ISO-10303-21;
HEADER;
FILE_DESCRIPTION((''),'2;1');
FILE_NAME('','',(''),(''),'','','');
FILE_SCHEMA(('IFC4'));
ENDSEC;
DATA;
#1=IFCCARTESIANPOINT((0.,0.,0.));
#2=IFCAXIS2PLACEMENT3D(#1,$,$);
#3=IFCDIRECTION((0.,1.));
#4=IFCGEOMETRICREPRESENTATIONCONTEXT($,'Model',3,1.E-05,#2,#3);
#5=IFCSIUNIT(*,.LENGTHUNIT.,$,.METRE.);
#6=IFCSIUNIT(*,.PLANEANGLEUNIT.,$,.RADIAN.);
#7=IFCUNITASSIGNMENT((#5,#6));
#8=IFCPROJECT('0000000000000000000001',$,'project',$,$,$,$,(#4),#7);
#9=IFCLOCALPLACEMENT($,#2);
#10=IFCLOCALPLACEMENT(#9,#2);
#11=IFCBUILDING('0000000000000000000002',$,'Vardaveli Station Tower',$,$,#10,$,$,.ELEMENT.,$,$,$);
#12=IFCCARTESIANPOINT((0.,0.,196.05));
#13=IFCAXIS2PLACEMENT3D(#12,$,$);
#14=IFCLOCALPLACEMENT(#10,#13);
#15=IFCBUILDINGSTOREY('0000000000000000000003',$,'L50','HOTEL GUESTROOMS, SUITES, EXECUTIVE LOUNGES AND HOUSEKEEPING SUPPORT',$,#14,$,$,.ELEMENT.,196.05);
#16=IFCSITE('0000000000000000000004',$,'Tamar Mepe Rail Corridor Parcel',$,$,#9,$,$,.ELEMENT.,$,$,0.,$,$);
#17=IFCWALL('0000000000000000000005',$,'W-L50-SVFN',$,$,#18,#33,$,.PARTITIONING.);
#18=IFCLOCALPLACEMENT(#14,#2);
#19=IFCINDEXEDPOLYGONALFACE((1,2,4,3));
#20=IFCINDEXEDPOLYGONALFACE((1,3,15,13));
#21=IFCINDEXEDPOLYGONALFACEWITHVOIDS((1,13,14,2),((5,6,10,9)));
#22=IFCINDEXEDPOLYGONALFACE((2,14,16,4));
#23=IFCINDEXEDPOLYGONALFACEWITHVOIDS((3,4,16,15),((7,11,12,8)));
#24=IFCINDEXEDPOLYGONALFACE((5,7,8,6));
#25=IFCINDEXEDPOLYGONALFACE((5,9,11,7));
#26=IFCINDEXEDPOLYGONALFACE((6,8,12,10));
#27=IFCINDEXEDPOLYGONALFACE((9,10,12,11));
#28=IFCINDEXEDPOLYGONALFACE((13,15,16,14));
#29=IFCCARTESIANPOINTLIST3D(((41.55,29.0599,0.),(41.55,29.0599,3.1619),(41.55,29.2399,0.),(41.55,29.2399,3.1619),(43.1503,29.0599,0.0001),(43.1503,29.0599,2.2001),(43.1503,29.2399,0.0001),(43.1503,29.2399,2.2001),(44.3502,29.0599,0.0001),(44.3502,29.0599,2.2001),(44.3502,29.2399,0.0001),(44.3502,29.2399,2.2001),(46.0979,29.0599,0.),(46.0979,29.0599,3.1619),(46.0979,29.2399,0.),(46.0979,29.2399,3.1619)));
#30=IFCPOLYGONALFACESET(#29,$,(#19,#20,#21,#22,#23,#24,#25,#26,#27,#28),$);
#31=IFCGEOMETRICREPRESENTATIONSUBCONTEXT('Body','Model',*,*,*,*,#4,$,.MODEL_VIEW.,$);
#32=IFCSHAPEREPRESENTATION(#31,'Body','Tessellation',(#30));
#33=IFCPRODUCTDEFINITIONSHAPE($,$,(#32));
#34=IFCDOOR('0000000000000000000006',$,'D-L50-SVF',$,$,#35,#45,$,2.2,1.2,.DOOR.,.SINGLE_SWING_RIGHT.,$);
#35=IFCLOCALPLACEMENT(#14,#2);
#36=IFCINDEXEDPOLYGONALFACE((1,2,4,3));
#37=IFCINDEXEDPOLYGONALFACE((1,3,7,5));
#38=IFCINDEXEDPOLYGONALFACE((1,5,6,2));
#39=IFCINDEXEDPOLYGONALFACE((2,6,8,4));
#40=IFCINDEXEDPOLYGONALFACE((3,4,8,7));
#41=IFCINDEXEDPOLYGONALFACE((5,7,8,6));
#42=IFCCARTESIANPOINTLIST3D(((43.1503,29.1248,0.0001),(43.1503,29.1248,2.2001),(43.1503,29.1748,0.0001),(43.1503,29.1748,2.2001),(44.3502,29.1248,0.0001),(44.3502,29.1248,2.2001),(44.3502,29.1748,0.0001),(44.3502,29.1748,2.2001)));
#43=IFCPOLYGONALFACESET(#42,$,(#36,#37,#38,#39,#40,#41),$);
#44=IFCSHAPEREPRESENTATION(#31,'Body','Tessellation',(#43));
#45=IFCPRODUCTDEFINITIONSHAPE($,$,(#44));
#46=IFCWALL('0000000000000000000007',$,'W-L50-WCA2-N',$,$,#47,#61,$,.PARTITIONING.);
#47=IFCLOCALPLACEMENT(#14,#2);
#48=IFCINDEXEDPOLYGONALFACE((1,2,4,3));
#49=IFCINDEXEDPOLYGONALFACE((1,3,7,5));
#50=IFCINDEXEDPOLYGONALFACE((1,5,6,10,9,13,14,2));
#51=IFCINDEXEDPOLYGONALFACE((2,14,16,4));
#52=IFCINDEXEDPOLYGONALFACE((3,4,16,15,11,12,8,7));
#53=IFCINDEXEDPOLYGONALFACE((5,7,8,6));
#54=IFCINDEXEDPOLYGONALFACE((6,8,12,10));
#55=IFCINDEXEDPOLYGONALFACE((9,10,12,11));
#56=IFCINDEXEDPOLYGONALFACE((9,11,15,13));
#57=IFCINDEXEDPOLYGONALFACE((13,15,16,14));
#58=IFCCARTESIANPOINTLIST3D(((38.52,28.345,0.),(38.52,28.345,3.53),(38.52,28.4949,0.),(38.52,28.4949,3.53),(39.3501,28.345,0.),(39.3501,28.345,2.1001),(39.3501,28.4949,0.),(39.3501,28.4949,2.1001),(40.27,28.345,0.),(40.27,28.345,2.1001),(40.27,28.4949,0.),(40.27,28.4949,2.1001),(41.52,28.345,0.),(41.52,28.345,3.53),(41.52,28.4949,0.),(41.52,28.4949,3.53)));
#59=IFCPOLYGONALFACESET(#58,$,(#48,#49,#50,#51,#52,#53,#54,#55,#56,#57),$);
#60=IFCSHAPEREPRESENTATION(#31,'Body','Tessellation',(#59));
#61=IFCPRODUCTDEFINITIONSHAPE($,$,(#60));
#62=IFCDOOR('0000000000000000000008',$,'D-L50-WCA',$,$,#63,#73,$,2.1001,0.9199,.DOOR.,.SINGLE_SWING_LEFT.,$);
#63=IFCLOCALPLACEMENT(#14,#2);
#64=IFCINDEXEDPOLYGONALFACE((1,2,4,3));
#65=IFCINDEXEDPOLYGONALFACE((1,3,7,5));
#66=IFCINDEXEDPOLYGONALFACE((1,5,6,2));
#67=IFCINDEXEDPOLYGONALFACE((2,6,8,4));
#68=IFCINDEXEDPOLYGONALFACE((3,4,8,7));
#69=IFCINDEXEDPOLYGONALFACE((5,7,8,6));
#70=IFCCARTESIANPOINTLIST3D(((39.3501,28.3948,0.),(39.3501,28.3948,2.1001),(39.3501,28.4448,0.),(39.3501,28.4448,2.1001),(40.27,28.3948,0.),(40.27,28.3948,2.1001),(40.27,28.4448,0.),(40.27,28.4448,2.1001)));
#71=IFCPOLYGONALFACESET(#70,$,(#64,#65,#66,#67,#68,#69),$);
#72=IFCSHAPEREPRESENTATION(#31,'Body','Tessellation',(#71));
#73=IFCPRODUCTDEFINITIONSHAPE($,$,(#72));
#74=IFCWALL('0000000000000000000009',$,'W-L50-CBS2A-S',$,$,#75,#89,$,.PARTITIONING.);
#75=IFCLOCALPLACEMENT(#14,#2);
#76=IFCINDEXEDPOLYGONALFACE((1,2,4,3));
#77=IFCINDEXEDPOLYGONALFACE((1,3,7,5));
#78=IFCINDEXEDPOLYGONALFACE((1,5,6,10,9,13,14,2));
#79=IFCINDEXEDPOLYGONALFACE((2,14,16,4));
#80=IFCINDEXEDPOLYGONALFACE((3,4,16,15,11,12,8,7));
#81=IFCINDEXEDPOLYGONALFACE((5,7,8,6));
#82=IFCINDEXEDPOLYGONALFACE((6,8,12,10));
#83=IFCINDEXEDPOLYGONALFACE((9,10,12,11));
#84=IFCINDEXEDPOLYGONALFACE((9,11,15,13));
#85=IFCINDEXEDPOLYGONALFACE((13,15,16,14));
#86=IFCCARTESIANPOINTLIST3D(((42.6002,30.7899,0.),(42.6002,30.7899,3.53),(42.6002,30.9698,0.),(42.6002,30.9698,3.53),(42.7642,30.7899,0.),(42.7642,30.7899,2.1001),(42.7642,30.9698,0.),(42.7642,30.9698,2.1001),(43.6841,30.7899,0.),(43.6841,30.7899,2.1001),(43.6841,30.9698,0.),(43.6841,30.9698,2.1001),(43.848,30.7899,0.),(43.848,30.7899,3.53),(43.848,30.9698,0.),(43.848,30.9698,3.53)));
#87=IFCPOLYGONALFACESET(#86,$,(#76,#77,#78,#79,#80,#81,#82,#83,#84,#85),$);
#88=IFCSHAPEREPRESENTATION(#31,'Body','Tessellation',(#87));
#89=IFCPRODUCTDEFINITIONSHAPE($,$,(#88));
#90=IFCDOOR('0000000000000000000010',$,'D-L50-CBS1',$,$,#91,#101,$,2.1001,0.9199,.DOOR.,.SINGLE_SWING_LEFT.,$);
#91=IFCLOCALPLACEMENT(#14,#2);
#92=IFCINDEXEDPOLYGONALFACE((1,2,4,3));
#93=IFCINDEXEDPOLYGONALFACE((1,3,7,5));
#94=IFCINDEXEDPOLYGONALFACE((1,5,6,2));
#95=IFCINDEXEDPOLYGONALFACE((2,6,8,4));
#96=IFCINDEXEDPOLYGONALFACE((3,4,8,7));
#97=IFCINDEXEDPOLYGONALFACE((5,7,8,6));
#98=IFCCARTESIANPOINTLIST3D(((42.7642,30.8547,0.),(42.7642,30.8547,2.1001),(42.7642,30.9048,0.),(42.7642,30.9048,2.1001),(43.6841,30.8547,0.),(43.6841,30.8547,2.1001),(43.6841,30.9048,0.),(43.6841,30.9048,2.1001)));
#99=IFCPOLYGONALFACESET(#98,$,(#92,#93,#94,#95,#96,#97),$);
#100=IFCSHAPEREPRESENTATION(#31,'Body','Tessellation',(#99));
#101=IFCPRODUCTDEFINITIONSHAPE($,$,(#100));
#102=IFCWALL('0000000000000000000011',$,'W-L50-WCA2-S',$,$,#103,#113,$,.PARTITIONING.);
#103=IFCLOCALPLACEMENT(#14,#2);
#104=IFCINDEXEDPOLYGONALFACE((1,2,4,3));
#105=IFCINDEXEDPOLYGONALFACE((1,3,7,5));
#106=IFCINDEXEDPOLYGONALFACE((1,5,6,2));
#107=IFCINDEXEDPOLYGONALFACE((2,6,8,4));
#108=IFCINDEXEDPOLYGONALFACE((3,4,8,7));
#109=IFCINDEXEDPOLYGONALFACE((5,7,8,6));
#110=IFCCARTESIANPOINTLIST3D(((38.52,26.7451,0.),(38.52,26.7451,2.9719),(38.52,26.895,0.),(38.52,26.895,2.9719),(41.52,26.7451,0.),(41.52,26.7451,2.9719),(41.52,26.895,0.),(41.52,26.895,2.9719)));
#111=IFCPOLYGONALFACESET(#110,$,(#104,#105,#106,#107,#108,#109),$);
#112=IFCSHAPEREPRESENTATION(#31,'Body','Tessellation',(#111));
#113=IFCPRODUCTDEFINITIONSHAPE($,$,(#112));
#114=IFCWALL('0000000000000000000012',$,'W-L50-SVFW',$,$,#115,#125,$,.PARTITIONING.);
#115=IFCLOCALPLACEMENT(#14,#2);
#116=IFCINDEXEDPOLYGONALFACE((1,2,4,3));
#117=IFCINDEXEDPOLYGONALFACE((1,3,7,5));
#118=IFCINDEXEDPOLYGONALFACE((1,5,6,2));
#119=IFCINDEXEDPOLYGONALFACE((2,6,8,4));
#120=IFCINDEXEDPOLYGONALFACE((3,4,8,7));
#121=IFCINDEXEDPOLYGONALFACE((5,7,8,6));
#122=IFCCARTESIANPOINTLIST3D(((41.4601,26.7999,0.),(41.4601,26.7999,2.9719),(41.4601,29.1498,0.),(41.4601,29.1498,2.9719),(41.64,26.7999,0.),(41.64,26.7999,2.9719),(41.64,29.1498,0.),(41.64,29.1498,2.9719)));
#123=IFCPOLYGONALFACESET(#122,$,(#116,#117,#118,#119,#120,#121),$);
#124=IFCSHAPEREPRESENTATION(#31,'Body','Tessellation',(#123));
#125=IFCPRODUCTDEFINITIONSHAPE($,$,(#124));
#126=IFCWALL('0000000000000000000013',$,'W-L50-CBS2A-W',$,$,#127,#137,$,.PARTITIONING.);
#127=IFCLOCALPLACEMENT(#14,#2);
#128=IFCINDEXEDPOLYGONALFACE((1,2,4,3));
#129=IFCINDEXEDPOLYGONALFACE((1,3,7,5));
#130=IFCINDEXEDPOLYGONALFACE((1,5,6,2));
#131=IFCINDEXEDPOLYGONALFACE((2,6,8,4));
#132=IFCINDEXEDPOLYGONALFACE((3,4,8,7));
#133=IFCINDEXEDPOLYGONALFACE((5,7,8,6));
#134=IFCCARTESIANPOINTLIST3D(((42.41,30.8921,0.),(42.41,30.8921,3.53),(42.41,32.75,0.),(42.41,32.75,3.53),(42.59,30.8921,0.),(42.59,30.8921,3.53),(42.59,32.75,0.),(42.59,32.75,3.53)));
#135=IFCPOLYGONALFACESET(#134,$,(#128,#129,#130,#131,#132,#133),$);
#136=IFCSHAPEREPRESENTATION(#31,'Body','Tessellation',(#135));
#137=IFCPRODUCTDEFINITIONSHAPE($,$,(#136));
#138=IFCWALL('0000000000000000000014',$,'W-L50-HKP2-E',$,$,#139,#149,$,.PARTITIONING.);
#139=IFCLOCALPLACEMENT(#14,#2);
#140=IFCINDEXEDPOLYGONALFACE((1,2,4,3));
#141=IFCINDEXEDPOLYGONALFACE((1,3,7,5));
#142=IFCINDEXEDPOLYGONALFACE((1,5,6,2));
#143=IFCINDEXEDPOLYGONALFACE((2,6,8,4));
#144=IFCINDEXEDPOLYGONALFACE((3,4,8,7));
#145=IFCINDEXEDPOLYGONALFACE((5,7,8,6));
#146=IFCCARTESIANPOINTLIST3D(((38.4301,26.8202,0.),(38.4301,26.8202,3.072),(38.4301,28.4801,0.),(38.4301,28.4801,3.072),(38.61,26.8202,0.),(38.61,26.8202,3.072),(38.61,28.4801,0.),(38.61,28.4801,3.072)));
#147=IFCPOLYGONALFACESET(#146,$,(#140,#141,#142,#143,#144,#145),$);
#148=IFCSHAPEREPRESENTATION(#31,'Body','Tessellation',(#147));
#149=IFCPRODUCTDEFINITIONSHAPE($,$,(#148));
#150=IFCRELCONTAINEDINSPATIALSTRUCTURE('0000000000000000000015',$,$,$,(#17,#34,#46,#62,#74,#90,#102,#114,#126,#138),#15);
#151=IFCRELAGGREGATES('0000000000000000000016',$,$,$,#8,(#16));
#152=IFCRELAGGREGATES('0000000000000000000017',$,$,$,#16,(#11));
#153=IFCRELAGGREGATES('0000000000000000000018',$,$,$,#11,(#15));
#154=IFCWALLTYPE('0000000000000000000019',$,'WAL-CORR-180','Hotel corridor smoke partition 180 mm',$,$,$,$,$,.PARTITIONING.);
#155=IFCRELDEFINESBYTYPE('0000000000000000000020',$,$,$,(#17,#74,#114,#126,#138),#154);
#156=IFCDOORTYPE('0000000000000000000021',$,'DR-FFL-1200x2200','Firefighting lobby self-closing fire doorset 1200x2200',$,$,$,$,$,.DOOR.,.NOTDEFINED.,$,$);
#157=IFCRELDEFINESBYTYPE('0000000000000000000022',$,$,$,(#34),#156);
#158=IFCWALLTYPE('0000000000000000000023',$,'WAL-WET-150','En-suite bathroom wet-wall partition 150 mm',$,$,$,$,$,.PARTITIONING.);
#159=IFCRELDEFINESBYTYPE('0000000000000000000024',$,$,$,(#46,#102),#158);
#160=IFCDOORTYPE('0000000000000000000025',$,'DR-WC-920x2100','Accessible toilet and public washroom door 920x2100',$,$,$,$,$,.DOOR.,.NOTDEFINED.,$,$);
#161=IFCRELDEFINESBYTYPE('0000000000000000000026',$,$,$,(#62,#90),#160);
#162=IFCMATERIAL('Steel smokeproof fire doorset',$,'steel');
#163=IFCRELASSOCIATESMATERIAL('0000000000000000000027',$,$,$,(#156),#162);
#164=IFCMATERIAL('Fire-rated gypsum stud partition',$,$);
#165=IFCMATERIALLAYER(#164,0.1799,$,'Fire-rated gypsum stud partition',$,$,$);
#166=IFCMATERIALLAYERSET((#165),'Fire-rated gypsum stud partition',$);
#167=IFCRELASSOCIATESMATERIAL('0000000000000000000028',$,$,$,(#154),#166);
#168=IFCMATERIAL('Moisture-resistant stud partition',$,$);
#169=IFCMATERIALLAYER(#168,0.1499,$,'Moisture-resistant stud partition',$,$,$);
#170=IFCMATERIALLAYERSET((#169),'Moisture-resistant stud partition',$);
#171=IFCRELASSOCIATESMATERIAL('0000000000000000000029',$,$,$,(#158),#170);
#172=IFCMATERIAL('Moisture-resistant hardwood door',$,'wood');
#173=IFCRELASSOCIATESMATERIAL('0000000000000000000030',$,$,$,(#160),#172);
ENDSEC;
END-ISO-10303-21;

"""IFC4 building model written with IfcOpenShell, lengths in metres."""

from ifc_helpers import new_model, si_unit, direction, frame, frame_2d, origin, place, context, subcontext, project, spatial, rectangle, extrude, source, transform, mapped, material, layer, layer_set, type_object, element, fill, save


model = new_model("IFC4")

# Units and contexts
model_context = context("Model", 3, precision=1e-05, world=origin(), true_north=direction((0.0, 1.0)))
body_context = subcontext(model_context, "Body", "Model", "MODEL_VIEW")
ifc_project = project(units=[si_unit("LENGTHUNIT", "METRE"), si_unit("PLANEANGLEUNIT", "RADIAN")], contexts=[model_context])

# Site, building, storey
site_placement = place(None, origin())
site = spatial("IfcSite", under=ifc_project, at=site_placement, Name="Tamar Mepe Rail Corridor Parcel", CompositionType="ELEMENT", RefElevation=0.0)
building_placement = place(site_placement, origin())
building = spatial("IfcBuilding", under=site, at=building_placement, Name="Vardaveli Station Tower", CompositionType="ELEMENT")
storey_placement = place(building_placement, frame((0.0, 0.0, 196.05)))
storey = spatial("IfcBuildingStorey", under=building, at=storey_placement, Name="L50", Description="HOTEL GUESTROOMS, SUITES, EXECUTIVE LOUNGES AND HOUSEKEEPING SUPPORT", CompositionType="ELEMENT", Elevation=196.05)

# Walls, openings, doors
ifc_material_1 = material(Name="Steel smokeproof fire doorset", Category="steel")
door_type_1 = type_object("IfcDoorType", Name="DR-FFL-1200x2200", Description="Firefighting lobby self-closing fire doorset 1200x2200", OperationType="NOTDEFINED", PredefinedType="DOOR", material=ifc_material_1)
shared_shape_1 = source(origin(), body_context, "Body", "SweptSolid", [
    extrude(rectangle(XDim=1.2, YDim=2.2, at=frame_2d((0.6001, 1.1001))), frame((0.0, 0.0249, 0.0), z_axis=(0.0, -1.0, 0.0), x_axis=(1.0, 0.0, 0.0)), (0.0, 0.0, 1.0), 0.05),
])
ifc_material_2 = material(Name="Fire-rated gypsum stud partition")
ifc_layer_1 = layer(ifc_material_2, 0.1799, Name="Fire-rated gypsum stud partition")
ifc_layer_set_1 = layer_set([ifc_layer_1], Name="Fire-rated gypsum stud partition")
wall_type_1 = type_object("IfcWallType", Name="WAL-CORR-180", Description="Hotel corridor smoke partition 180 mm", PredefinedType="PARTITIONING", material=ifc_layer_set_1)
shared_shape_2 = source(origin(), body_context, "Body", "SweptSolid", [
    extrude(rectangle(XDim=4.5479, YDim=0.1799, at=frame_2d((2.2739, 0.0))), origin(), (0.0, 0.0, 1.0), 3.1619),
])
wall_1_placement = place(storey_placement, frame((41.55, 29.1499, 0.0), z_axis=(0.0, 0.0, 1.0), x_axis=(1.0, 0.0, 0.0)))
wall_1 = element("IfcWall", 1, at=wall_1_placement, inside=storey, type_object=wall_type_1, Name="W-L50-SVFN", PredefinedType="PARTITIONING", context=body_context, shape_type="MappedRepresentation", body=[
    mapped(shared_shape_2, transform((0.0, 0.0, 0.0), scale=1.0)),
])
shared_shape_3 = source(origin(), body_context, "Body", "SweptSolid", [
    extrude(rectangle(XDim=1.2, YDim=2.2, at=frame_2d((0.6001, 1.1001))), frame((0.0, 0.1001, 0.0), z_axis=(0.0, -1.0, 0.0), x_axis=(1.0, 0.0, 0.0)), (0.0, 0.0, 1.0), 0.2),
])
opening_1_placement = place(wall_1_placement, frame((1.6001, 0.0, 0.0)))
opening_1 = element("IfcOpeningElement", 2, at=opening_1_placement, cuts=wall_1, PredefinedType="OPENING", context=body_context, shape_type="MappedRepresentation", body=[
    mapped(shared_shape_3, transform((0.0, 0.0, 0.0), scale=1.0)),
])
door_1_placement = place(opening_1_placement, origin())
door_1 = element("IfcDoor", 3, at=door_1_placement, inside=storey, type_object=door_type_1, Name="D-L50-SVF", OperationType="SINGLE_SWING_RIGHT", OverallHeight=2.2, OverallWidth=1.2, PredefinedType="DOOR", context=body_context, shape_type="MappedRepresentation", body=[
    mapped(shared_shape_1, transform((0.0, 0.0, 0.0), scale=1.0)),
])
fill(opening_1, door_1)
ifc_material_3 = material(Name="Moisture-resistant stud partition")
ifc_layer_2 = layer(ifc_material_3, 0.1499, Name="Moisture-resistant stud partition")
ifc_layer_set_2 = layer_set([ifc_layer_2], Name="Moisture-resistant stud partition")
wall_type_2 = type_object("IfcWallType", Name="WAL-WET-150", Description="En-suite bathroom wet-wall partition 150 mm", PredefinedType="PARTITIONING", material=ifc_layer_set_2)
shared_shape_4 = source(origin(), body_context, "Body", "SweptSolid", [
    extrude(rectangle(XDim=3.0, YDim=0.1499, at=frame_2d((1.5, 0.0))), origin(), (0.0, 0.0, 1.0), 3.53),
])
wall_2_placement = place(storey_placement, frame((38.52, 28.4199, 0.0), z_axis=(0.0, 0.0, 1.0), x_axis=(1.0, 0.0, 0.0)))
wall_2 = element("IfcWall", 4, at=wall_2_placement, inside=storey, type_object=wall_type_2, Name="W-L50-WCA2-N", PredefinedType="PARTITIONING", context=body_context, shape_type="MappedRepresentation", body=[
    mapped(shared_shape_4, transform((0.0, 0.0, 0.0), scale=1.0)),
])
shared_shape_5 = source(origin(), body_context, "Body", "SweptSolid", [
    extrude(rectangle(XDim=0.9199, YDim=2.1001, at=frame_2d((0.46, 1.05))), frame((0.0, 0.085, 0.0), z_axis=(0.0, -1.0, 0.0), x_axis=(1.0, 0.0, 0.0)), (0.0, 0.0, 1.0), 0.1699),
])
opening_2_placement = place(wall_2_placement, frame((0.8301, 0.0, 0.0)))
opening_2 = element("IfcOpeningElement", 5, at=opening_2_placement, cuts=wall_2, PredefinedType="OPENING", context=body_context, shape_type="MappedRepresentation", body=[
    mapped(shared_shape_5, transform((0.0, 0.0, 0.0), scale=1.0)),
])
ifc_material_4 = material(Name="Moisture-resistant hardwood door", Category="wood")
door_type_2 = type_object("IfcDoorType", Name="DR-WC-920x2100", Description="Accessible toilet and public washroom door 920x2100", OperationType="NOTDEFINED", PredefinedType="DOOR", material=ifc_material_4)
shared_shape_6 = source(origin(), body_context, "Body", "SweptSolid", [
    extrude(rectangle(XDim=0.9199, YDim=2.1001, at=frame_2d((0.46, 1.05))), frame((0.0, 0.0249, 0.0), z_axis=(0.0, -1.0, 0.0), x_axis=(1.0, 0.0, 0.0)), (0.0, 0.0, 1.0), 0.05),
])
door_2_placement = place(opening_2_placement, origin())
door_2 = element("IfcDoor", 6, at=door_2_placement, inside=storey, type_object=door_type_2, Name="D-L50-WCA", OperationType="SINGLE_SWING_LEFT", OverallHeight=2.1001, OverallWidth=0.9199, PredefinedType="DOOR", context=body_context, shape_type="MappedRepresentation", body=[
    mapped(shared_shape_6, transform((0.0, 0.0, 0.0), scale=1.0)),
])
fill(opening_2, door_2)
shared_shape_7 = source(origin(), body_context, "Body", "SweptSolid", [
    extrude(rectangle(XDim=1.2478, YDim=0.1799, at=frame_2d((0.624, 0.0))), origin(), (0.0, 0.0, 1.0), 3.53),
])
wall_3_placement = place(storey_placement, frame((42.6001, 30.8799, 0.0), z_axis=(0.0, 0.0, 1.0), x_axis=(1.0, 0.0, 0.0)))
wall_3 = element("IfcWall", 7, at=wall_3_placement, inside=storey, type_object=wall_type_1, Name="W-L50-CBS2A-S", PredefinedType="PARTITIONING", context=body_context, shape_type="MappedRepresentation", body=[
    mapped(shared_shape_7, transform((0.0, 0.0, 0.0), scale=1.0)),
])
shared_shape_8 = source(origin(), body_context, "Body", "SweptSolid", [
    extrude(rectangle(XDim=0.9199, YDim=2.1001, at=frame_2d((0.46, 1.05))), frame((0.0, 0.1001, 0.0), z_axis=(0.0, -1.0, 0.0), x_axis=(1.0, 0.0, 0.0)), (0.0, 0.0, 1.0), 0.2),
])
opening_3_placement = place(wall_3_placement, frame((0.1641, 0.0, 0.0)))
opening_3 = element("IfcOpeningElement", 8, at=opening_3_placement, cuts=wall_3, PredefinedType="OPENING", context=body_context, shape_type="MappedRepresentation", body=[
    mapped(shared_shape_8, transform((0.0, 0.0, 0.0), scale=1.0)),
])
door_3_placement = place(opening_3_placement, origin())
door_3 = element("IfcDoor", 9, at=door_3_placement, inside=storey, type_object=door_type_2, Name="D-L50-CBS1", OperationType="SINGLE_SWING_LEFT", OverallHeight=2.1001, OverallWidth=0.9199, PredefinedType="DOOR", context=body_context, shape_type="MappedRepresentation", body=[
    mapped(shared_shape_6, transform((0.0, 0.0, 0.0), scale=1.0)),
])
fill(opening_3, door_3)

# Walls
shared_shape_9 = source(origin(), body_context, "Body", "SweptSolid", [
    extrude(rectangle(XDim=3.0, YDim=0.1499, at=frame_2d((1.5, 0.0))), origin(), (0.0, 0.0, 1.0), 2.9719),
])
wall_4_placement = place(storey_placement, frame((38.52, 26.8201, 0.0), z_axis=(0.0, 0.0, 1.0), x_axis=(1.0, 0.0, 0.0)))
element("IfcWall", 10, at=wall_4_placement, inside=storey, type_object=wall_type_2, Name="W-L50-WCA2-S", PredefinedType="PARTITIONING", context=body_context, shape_type="MappedRepresentation", body=[
    mapped(shared_shape_9, transform((0.0, 0.0, 0.0), scale=1.0)),
])
shared_shape_10 = source(origin(), body_context, "Body", "SweptSolid", [
    extrude(rectangle(XDim=2.3499, YDim=0.1799, at=frame_2d((1.1748, 0.0))), origin(), (0.0, 0.0, 1.0), 2.9719),
])
wall_5_placement = place(storey_placement, frame((41.55, 26.8, 0.0), z_axis=(0.0, 0.0, 1.0), x_axis=(0.0, 1.0, 0.0)))
element("IfcWall", 11, at=wall_5_placement, inside=storey, type_object=wall_type_1, Name="W-L50-SVFW", PredefinedType="PARTITIONING", context=body_context, shape_type="MappedRepresentation", body=[
    mapped(shared_shape_10, transform((0.0, 0.0, 0.0), scale=1.0)),
])
shared_shape_11 = source(origin(), body_context, "Body", "SweptSolid", [
    extrude(rectangle(XDim=1.8579, YDim=0.1799, at=frame_2d((0.929, 0.0))), origin(), (0.0, 0.0, 1.0), 3.53),
])
wall_6_placement = place(storey_placement, frame((42.5, 30.8921, 0.0), z_axis=(0.0, 0.0, 1.0), x_axis=(0.0, 1.0, 0.0)))
element("IfcWall", 12, at=wall_6_placement, inside=storey, type_object=wall_type_1, Name="W-L50-CBS2A-W", PredefinedType="PARTITIONING", context=body_context, shape_type="MappedRepresentation", body=[
    mapped(shared_shape_11, transform((0.0, 0.0, 0.0), scale=1.0)),
])
shared_shape_12 = source(origin(), body_context, "Body", "SweptSolid", [
    extrude(rectangle(XDim=1.6599, YDim=0.1799, at=frame_2d((0.8301, 0.0))), origin(), (0.0, 0.0, 1.0), 3.072),
])
wall_7_placement = place(storey_placement, frame((38.52, 26.8201, 0.0), z_axis=(0.0, 0.0, 1.0), x_axis=(0.0, 1.0, 0.0)))
element("IfcWall", 13, at=wall_7_placement, inside=storey, type_object=wall_type_1, Name="W-L50-HKP2-E", PredefinedType="PARTITIONING", context=body_context, shape_type="MappedRepresentation", body=[
    mapped(shared_shape_12, transform((0.0, 0.0, 0.0), scale=1.0)),
])

save(model, "model.ifc")
